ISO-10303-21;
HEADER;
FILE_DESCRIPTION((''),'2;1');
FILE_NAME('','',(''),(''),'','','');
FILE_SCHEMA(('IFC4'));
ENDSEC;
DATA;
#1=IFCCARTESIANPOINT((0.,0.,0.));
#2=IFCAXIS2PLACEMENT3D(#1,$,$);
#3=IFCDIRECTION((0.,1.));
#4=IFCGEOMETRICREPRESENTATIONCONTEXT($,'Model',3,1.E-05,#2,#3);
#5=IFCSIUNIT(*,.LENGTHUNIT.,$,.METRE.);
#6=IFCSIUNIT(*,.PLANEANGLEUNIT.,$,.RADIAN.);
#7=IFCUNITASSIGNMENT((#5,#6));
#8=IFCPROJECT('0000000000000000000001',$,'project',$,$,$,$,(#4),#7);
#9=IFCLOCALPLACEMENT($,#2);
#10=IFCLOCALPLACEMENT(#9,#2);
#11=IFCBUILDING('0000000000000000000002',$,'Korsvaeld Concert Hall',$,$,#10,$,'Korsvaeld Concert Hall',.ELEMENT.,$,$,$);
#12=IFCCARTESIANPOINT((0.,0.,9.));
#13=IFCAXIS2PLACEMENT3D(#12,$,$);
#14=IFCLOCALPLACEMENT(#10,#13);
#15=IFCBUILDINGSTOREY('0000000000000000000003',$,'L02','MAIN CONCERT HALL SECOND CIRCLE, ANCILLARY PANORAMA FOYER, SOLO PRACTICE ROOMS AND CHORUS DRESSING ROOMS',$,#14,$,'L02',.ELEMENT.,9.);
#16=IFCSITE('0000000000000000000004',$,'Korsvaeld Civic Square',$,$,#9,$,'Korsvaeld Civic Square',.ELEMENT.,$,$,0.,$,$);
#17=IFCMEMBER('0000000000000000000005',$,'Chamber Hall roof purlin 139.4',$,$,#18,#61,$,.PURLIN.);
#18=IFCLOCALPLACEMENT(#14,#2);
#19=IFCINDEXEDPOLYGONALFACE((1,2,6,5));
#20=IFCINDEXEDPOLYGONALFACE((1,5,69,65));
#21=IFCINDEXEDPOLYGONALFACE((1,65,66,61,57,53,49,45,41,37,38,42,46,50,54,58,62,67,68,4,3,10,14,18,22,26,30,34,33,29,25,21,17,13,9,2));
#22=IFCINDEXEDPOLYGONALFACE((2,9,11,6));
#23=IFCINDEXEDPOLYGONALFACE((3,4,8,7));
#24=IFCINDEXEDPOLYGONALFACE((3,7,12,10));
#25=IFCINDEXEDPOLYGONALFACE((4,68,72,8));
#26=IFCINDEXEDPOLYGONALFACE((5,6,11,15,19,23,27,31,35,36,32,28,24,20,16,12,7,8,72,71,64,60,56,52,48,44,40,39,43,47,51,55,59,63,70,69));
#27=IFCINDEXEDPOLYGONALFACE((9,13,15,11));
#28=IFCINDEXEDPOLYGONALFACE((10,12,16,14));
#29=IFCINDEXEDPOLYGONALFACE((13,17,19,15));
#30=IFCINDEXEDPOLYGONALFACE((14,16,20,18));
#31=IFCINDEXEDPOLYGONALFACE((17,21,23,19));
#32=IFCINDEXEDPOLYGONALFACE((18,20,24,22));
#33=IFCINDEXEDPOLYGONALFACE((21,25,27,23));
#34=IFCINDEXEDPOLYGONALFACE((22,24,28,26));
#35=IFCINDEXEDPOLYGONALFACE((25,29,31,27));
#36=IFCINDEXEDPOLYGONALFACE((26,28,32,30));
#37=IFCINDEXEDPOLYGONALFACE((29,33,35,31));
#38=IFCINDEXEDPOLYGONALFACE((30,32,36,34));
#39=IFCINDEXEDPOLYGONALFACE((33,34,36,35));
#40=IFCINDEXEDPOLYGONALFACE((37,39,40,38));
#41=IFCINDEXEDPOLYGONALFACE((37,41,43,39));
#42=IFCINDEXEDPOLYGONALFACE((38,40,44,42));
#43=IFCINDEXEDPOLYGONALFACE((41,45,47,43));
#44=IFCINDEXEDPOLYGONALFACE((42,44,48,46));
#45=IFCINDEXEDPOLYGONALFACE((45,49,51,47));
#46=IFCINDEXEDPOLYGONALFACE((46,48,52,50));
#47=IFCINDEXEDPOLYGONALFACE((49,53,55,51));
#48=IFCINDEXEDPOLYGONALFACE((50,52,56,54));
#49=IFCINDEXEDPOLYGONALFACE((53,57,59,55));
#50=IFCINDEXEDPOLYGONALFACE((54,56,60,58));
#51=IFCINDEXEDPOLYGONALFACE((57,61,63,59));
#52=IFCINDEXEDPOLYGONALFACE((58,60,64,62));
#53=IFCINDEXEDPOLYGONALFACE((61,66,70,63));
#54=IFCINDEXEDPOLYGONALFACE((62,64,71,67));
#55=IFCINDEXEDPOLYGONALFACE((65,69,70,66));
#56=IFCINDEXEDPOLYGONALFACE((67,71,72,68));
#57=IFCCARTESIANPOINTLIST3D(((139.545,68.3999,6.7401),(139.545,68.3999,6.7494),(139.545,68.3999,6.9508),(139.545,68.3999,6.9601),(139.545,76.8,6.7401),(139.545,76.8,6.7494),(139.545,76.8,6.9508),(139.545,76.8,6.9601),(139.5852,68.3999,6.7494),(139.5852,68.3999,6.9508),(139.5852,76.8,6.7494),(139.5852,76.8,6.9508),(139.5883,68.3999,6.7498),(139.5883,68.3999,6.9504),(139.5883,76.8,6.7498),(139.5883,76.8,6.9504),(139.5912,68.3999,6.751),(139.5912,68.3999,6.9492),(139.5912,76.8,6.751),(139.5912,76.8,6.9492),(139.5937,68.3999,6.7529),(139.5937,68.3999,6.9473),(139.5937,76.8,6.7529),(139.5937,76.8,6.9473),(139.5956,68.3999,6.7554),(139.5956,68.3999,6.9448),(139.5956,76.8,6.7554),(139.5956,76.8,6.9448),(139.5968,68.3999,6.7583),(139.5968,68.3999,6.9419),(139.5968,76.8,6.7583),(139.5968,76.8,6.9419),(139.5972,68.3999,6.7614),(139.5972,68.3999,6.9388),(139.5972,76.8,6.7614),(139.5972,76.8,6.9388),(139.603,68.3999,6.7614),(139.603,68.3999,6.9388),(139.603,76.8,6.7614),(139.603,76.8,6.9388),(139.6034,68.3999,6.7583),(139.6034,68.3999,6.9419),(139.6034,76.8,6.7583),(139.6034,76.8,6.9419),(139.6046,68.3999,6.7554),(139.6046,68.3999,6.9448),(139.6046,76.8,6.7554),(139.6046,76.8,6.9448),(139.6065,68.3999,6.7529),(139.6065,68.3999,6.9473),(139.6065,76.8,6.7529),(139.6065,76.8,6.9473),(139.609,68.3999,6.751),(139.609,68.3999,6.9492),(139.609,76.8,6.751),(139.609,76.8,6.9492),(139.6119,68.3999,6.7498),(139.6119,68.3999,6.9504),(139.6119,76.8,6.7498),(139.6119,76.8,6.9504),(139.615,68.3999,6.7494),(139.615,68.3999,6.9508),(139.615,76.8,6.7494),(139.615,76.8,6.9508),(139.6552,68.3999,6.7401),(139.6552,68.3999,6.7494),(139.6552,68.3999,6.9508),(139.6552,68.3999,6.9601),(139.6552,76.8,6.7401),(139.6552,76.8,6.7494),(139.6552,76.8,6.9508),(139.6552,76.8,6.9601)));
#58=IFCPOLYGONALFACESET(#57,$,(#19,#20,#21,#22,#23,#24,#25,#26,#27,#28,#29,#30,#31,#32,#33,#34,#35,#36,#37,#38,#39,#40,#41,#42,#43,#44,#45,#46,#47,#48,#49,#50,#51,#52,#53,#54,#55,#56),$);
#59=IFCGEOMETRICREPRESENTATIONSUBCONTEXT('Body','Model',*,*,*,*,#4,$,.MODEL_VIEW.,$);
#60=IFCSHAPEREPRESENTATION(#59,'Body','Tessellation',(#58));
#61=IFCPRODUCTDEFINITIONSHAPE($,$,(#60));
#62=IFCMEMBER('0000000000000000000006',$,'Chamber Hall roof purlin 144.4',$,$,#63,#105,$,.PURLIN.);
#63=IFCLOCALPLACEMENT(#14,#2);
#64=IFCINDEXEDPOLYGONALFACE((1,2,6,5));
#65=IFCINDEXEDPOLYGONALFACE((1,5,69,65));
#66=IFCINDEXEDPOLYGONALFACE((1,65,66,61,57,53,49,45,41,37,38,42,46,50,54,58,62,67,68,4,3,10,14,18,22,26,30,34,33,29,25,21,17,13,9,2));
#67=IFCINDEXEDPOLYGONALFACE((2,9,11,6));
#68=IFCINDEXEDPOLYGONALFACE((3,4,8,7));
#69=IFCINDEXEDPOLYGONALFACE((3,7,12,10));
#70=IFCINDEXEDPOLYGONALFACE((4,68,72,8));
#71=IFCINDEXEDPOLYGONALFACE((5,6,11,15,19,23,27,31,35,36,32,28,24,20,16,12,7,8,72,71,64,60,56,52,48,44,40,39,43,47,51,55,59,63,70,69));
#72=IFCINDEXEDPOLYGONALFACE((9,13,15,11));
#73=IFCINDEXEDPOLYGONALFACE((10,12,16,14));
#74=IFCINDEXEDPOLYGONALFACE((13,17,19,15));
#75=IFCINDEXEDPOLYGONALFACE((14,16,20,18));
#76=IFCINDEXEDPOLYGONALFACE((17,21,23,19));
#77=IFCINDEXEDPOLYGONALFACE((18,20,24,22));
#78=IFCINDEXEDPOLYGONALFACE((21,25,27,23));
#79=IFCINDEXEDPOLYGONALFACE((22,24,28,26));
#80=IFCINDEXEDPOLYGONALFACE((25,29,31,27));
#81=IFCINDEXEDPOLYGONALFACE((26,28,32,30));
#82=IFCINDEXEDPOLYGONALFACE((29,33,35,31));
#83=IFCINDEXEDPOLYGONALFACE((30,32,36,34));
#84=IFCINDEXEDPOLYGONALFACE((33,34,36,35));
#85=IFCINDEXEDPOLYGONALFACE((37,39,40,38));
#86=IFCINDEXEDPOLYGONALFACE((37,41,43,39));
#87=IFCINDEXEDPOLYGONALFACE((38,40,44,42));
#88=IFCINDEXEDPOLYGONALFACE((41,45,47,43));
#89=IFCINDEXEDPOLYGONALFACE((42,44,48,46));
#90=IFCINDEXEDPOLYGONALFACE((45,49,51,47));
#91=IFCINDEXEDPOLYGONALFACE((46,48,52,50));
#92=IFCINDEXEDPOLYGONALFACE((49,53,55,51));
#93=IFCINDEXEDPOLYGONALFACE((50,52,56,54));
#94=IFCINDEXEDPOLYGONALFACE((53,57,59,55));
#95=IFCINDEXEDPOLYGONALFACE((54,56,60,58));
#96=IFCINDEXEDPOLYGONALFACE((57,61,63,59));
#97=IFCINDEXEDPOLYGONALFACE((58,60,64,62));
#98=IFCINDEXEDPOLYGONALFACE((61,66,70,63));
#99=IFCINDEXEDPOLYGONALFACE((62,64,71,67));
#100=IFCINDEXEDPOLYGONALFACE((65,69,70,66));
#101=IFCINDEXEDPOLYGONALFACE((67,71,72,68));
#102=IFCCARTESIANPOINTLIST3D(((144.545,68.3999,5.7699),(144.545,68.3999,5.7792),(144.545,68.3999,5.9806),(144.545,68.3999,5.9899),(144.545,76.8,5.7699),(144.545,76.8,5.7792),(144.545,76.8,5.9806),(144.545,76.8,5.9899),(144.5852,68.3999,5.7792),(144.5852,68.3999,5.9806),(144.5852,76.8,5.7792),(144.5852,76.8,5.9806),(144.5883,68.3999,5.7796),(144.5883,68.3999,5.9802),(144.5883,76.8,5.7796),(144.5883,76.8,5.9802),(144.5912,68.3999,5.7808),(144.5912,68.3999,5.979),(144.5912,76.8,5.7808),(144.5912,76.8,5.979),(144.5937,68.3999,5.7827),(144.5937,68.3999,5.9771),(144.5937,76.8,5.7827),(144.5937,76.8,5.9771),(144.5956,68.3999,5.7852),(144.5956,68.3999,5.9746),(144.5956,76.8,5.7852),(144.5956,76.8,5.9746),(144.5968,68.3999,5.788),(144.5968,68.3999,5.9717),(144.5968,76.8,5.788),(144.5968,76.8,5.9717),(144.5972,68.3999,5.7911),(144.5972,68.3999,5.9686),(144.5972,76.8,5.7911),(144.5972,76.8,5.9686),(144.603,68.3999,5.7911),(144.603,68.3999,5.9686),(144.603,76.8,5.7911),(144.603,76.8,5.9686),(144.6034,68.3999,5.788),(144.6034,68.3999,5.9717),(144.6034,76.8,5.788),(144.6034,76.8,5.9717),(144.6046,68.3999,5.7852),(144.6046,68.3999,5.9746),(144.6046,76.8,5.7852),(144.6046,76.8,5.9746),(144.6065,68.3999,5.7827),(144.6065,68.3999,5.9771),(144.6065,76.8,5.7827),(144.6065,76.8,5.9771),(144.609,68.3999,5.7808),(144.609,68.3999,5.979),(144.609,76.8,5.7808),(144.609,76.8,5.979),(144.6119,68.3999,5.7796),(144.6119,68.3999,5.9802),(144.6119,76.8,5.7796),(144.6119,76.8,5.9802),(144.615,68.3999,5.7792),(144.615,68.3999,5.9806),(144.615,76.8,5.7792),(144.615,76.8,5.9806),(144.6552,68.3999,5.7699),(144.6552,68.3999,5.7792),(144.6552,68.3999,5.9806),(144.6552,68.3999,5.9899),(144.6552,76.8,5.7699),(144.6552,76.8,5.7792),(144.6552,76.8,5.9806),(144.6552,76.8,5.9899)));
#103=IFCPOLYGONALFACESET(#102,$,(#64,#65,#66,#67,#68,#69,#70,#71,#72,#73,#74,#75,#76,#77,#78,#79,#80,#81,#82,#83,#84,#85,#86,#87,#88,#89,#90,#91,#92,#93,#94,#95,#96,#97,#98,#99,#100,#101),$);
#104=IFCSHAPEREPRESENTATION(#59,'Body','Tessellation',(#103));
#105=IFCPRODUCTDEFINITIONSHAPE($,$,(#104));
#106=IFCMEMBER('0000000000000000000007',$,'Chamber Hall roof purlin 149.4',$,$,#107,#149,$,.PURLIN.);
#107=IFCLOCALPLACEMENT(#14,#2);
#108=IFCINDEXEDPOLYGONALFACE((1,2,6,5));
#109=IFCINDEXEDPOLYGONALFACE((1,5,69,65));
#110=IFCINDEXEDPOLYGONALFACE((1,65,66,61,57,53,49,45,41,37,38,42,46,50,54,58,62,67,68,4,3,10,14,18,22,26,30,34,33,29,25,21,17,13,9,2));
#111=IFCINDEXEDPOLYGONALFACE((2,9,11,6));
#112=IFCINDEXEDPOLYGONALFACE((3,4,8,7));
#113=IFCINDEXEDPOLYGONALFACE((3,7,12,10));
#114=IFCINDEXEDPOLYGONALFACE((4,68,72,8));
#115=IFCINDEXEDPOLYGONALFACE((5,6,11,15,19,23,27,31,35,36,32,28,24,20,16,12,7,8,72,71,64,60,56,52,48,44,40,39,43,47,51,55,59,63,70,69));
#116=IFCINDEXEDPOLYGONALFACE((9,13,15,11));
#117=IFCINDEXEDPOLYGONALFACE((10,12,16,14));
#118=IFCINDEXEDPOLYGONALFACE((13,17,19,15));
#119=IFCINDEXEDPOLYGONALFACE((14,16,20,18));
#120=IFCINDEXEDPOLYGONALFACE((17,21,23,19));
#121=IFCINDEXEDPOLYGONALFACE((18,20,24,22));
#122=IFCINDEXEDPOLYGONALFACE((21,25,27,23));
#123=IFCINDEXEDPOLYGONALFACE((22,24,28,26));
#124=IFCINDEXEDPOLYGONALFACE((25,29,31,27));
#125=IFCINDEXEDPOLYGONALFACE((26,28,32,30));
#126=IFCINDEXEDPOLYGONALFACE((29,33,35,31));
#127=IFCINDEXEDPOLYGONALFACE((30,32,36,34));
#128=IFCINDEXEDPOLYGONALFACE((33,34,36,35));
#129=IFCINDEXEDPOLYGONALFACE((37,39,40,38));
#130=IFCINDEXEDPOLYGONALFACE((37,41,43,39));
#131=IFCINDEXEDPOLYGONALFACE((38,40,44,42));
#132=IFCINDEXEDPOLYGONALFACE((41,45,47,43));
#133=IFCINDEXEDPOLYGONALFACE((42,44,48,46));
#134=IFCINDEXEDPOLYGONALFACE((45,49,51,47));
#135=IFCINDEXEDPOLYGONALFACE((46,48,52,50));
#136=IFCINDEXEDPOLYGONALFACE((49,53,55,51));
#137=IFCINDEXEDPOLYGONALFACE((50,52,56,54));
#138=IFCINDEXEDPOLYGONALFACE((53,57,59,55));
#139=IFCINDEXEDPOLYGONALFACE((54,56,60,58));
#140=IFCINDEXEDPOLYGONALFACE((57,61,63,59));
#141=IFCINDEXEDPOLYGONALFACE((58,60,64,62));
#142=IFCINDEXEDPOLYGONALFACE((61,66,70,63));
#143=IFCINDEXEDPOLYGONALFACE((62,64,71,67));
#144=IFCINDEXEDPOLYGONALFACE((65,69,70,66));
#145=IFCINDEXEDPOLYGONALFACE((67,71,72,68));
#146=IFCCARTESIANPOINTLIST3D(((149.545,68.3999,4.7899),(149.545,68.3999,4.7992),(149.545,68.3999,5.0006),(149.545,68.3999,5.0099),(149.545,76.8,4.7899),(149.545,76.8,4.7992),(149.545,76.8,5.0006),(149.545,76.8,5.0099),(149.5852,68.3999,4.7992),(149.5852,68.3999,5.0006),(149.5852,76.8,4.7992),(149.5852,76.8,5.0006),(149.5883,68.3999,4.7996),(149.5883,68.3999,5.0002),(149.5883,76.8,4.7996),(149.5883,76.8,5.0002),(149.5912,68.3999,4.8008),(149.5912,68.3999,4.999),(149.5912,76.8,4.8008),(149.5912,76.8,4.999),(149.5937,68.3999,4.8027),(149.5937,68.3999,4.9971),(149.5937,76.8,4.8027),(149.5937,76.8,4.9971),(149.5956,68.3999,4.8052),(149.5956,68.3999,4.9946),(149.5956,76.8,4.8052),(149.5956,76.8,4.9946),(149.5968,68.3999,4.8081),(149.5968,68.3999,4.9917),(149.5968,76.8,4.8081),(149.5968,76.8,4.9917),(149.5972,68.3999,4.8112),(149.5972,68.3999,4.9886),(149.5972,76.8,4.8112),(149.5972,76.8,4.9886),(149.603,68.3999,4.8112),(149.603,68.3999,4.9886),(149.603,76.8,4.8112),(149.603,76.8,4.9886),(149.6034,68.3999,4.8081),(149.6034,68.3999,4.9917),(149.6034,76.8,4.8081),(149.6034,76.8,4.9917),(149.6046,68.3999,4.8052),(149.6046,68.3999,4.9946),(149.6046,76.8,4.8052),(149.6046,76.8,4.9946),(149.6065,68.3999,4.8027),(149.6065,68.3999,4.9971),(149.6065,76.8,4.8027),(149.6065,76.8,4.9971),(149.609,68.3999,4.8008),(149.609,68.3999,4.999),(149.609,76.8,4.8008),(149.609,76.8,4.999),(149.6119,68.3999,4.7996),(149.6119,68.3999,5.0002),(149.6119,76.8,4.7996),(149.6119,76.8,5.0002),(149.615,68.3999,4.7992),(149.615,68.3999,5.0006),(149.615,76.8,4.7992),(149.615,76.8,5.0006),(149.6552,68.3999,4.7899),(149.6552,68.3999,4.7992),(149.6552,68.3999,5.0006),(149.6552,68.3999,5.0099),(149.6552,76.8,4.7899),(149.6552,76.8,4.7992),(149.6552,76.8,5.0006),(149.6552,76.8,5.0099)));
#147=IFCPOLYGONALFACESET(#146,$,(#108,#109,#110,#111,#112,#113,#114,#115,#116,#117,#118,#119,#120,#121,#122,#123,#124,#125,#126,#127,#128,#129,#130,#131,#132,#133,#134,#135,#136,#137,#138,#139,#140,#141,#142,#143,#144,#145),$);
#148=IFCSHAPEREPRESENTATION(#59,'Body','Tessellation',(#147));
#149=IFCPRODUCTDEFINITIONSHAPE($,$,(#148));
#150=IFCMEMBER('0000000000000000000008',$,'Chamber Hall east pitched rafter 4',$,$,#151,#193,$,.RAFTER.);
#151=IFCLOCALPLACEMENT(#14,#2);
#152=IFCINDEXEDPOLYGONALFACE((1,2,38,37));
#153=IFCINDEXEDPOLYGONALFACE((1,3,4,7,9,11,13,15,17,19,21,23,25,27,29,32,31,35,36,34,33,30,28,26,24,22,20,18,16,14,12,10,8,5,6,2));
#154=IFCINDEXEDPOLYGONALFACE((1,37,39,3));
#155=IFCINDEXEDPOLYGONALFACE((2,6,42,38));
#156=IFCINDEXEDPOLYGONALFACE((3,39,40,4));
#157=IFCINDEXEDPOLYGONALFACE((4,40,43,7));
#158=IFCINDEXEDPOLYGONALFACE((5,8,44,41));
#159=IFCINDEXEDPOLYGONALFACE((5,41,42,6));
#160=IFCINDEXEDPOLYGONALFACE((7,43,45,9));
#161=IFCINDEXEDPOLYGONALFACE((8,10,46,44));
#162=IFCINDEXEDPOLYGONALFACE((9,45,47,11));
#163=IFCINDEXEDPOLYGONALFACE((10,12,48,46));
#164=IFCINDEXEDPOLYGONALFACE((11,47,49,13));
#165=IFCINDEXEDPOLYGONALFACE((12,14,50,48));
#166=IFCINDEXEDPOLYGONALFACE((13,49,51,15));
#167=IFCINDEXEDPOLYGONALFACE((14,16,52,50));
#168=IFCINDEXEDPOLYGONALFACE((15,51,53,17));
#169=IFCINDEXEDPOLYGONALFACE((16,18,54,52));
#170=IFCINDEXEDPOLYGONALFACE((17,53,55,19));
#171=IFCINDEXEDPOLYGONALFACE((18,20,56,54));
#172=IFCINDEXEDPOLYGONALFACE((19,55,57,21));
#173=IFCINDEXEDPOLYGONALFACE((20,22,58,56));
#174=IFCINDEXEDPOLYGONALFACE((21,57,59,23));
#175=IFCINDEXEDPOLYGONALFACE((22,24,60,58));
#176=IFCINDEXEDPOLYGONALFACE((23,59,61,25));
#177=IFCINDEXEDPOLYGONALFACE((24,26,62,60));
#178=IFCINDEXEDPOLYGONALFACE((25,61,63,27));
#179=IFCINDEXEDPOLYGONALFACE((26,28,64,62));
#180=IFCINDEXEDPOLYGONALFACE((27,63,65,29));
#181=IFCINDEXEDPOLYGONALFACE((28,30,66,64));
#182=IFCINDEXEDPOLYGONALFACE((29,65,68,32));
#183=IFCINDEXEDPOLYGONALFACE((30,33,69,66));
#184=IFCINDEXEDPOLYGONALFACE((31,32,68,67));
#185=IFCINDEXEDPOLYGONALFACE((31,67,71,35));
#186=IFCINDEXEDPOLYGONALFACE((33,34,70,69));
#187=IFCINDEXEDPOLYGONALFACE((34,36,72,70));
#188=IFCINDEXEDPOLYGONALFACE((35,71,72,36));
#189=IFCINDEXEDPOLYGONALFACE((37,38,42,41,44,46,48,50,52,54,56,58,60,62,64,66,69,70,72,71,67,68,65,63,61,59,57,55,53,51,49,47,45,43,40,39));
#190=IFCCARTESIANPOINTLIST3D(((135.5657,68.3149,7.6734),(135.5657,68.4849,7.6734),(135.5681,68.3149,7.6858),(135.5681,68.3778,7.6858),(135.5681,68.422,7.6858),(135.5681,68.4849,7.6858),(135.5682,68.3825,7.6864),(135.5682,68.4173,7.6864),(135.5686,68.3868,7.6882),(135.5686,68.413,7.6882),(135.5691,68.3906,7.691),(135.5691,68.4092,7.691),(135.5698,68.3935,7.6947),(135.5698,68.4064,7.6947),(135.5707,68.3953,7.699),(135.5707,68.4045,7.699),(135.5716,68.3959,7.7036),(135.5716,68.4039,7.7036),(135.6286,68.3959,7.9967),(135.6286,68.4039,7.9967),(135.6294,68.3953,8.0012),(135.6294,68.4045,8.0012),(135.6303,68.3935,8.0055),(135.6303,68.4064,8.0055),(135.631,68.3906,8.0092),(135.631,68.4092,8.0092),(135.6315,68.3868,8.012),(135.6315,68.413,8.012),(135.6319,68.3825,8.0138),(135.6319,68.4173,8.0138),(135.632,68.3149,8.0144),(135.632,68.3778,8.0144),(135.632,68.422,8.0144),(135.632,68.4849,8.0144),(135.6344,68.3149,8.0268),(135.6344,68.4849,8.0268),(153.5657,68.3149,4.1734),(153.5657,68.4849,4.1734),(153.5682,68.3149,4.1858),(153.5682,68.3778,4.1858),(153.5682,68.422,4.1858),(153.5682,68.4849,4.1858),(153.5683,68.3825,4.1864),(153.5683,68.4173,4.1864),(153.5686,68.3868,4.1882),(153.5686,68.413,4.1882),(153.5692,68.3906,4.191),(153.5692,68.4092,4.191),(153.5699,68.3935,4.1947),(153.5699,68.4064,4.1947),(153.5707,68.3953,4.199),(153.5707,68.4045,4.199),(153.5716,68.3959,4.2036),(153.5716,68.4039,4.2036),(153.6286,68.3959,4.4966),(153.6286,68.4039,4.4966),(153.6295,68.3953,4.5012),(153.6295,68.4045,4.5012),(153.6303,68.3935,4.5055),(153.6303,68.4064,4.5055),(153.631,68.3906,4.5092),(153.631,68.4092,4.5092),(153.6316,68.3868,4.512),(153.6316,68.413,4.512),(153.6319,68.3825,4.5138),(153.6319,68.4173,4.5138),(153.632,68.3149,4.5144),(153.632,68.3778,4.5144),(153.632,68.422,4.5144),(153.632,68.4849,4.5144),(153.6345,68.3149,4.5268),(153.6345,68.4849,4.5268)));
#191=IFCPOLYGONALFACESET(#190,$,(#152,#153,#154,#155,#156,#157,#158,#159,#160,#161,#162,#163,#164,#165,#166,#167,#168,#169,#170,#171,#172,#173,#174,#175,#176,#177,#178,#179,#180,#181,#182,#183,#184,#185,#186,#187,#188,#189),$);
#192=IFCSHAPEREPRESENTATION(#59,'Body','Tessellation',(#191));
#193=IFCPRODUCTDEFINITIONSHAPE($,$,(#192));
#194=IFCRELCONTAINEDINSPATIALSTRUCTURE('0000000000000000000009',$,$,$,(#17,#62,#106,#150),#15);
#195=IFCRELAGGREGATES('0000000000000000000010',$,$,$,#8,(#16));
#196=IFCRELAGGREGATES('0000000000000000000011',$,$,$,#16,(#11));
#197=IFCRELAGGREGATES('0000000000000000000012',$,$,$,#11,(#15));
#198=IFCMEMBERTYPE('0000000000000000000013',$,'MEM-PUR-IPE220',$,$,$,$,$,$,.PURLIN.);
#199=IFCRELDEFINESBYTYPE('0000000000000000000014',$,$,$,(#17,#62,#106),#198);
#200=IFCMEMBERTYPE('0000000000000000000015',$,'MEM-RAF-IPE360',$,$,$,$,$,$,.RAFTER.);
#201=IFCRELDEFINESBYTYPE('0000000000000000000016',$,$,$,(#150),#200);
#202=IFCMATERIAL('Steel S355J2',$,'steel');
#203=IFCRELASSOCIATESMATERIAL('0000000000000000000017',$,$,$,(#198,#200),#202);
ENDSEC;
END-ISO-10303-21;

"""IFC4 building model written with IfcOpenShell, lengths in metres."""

from ifc_helpers import new_model, si_unit, direction, frame, origin, origin_2d, place, context, subcontext, project, spatial, i_section, extrude, material, material_profile, profile_set, type_object, element, save


model = new_model("IFC4")

# Units and contexts
model_context = context("Model", 3, precision=1e-05, world=origin(), true_north=direction((0.0, 1.0)))
body_context = subcontext(model_context, "Body", "Model", "MODEL_VIEW")
ifc_project = project(units=[si_unit("LENGTHUNIT", "METRE"), si_unit("PLANEANGLEUNIT", "RADIAN")], contexts=[model_context])

# Site, building, storey
site_placement = place(None, origin())
site = spatial("IfcSite", under=ifc_project, at=site_placement, Name="Korsvaeld Civic Square", LongName="Korsvaeld Civic Square", CompositionType="ELEMENT", RefElevation=0.0)
building_placement = place(site_placement, origin())
building = spatial("IfcBuilding", under=site, at=building_placement, Name="Korsvaeld Concert Hall", LongName="Korsvaeld Concert Hall", CompositionType="ELEMENT")
storey_placement = place(building_placement, frame((0.0, 0.0, 9.0)))
storey = spatial("IfcBuildingStorey", under=building, at=storey_placement, Name="L02", Description="MAIN CONCERT HALL SECOND CIRCLE, ANCILLARY PANORAMA FOYER, SOLO PRACTICE ROOMS AND CHORUS DRESSING ROOMS", LongName="L02", CompositionType="ELEMENT", Elevation=9.0)

# Members
ifc_material_1 = material(Name="Steel S355J2", Category="steel")
ifc_material_profile_1 = material_profile(ifc_material_1, i_section(OverallWidth=0.1101, OverallDepth=0.22, WebThickness=0.0059, FlangeThickness=0.0093, FilletRadius=0.012, at=origin_2d()), Name="IPE 220")
ifc_profile_set_1 = profile_set([ifc_material_profile_1], Name="Steel S355J2")
member_type_1 = type_object("IfcMemberType", Name="MEM-PUR-IPE220", PredefinedType="PURLIN", material=ifc_profile_set_1)
for number, where, z_axis, x_axis, name in (
    (1, (139.6001, 68.3999, 6.8501), (0.0, 1.0, 0.0), (-1.0, 0.0, 0.0), "Chamber Hall roof purlin 139.4"),
    (2, (144.6001, 68.3999, 5.8799), (0.0, 1.0, 0.0), (-1.0, 0.0, 0.0), "Chamber Hall roof purlin 144.4"),
    (3, (149.6001, 68.3999, 4.8999), (0.0, 1.0, 0.0), (-1.0, 0.0, 0.0), "Chamber Hall roof purlin 149.4"),
):
    element("IfcMember", number, at=place(storey_placement, frame(where, z_axis=z_axis, x_axis=x_axis)), inside=storey, type_object=member_type_1, Name=name, PredefinedType="PURLIN", context=body_context, shape_type="SweptSolid", body=[
        extrude(i_section(OverallWidth=0.1101, OverallDepth=0.22, WebThickness=0.0059, FlangeThickness=0.0093, FilletRadius=0.012, at=origin_2d()), origin(), (0.0, 0.0, 1.0), 8.4001),
    ])
ifc_material_profile_2 = material_profile(ifc_material_1, i_section(OverallWidth=0.1699, OverallDepth=0.3601, WebThickness=0.0081, FlangeThickness=0.0127, FilletRadius=0.0181, at=origin_2d()), Name="IPE 360")
ifc_profile_set_2 = profile_set([ifc_material_profile_2], Name="Steel S355J2")
member_type_2 = type_object("IfcMemberType", Name="MEM-RAF-IPE360", PredefinedType="RAFTER", material=ifc_profile_set_2)
for number, where, z_axis, x_axis, name in (
    (4, (153.6001, 68.3999, 4.3501), (-0.981615, 0.0, 0.19087), (0.0, -1.0, 0.0), "Chamber Hall east pitched rafter 4"),
):
    element("IfcMember", number, at=place(storey_placement, frame(where, z_axis=z_axis, x_axis=x_axis)), inside=storey, type_object=member_type_2, Name=name, PredefinedType="RAFTER", context=body_context, shape_type="SweptSolid", body=[
        extrude(i_section(OverallWidth=0.1699, OverallDepth=0.3601, WebThickness=0.0081, FlangeThickness=0.0127, FilletRadius=0.0181, at=origin_2d()), origin(), (0.0, 0.0, 1.0), 18.3372),
    ])

save(model, "model.ifc")
